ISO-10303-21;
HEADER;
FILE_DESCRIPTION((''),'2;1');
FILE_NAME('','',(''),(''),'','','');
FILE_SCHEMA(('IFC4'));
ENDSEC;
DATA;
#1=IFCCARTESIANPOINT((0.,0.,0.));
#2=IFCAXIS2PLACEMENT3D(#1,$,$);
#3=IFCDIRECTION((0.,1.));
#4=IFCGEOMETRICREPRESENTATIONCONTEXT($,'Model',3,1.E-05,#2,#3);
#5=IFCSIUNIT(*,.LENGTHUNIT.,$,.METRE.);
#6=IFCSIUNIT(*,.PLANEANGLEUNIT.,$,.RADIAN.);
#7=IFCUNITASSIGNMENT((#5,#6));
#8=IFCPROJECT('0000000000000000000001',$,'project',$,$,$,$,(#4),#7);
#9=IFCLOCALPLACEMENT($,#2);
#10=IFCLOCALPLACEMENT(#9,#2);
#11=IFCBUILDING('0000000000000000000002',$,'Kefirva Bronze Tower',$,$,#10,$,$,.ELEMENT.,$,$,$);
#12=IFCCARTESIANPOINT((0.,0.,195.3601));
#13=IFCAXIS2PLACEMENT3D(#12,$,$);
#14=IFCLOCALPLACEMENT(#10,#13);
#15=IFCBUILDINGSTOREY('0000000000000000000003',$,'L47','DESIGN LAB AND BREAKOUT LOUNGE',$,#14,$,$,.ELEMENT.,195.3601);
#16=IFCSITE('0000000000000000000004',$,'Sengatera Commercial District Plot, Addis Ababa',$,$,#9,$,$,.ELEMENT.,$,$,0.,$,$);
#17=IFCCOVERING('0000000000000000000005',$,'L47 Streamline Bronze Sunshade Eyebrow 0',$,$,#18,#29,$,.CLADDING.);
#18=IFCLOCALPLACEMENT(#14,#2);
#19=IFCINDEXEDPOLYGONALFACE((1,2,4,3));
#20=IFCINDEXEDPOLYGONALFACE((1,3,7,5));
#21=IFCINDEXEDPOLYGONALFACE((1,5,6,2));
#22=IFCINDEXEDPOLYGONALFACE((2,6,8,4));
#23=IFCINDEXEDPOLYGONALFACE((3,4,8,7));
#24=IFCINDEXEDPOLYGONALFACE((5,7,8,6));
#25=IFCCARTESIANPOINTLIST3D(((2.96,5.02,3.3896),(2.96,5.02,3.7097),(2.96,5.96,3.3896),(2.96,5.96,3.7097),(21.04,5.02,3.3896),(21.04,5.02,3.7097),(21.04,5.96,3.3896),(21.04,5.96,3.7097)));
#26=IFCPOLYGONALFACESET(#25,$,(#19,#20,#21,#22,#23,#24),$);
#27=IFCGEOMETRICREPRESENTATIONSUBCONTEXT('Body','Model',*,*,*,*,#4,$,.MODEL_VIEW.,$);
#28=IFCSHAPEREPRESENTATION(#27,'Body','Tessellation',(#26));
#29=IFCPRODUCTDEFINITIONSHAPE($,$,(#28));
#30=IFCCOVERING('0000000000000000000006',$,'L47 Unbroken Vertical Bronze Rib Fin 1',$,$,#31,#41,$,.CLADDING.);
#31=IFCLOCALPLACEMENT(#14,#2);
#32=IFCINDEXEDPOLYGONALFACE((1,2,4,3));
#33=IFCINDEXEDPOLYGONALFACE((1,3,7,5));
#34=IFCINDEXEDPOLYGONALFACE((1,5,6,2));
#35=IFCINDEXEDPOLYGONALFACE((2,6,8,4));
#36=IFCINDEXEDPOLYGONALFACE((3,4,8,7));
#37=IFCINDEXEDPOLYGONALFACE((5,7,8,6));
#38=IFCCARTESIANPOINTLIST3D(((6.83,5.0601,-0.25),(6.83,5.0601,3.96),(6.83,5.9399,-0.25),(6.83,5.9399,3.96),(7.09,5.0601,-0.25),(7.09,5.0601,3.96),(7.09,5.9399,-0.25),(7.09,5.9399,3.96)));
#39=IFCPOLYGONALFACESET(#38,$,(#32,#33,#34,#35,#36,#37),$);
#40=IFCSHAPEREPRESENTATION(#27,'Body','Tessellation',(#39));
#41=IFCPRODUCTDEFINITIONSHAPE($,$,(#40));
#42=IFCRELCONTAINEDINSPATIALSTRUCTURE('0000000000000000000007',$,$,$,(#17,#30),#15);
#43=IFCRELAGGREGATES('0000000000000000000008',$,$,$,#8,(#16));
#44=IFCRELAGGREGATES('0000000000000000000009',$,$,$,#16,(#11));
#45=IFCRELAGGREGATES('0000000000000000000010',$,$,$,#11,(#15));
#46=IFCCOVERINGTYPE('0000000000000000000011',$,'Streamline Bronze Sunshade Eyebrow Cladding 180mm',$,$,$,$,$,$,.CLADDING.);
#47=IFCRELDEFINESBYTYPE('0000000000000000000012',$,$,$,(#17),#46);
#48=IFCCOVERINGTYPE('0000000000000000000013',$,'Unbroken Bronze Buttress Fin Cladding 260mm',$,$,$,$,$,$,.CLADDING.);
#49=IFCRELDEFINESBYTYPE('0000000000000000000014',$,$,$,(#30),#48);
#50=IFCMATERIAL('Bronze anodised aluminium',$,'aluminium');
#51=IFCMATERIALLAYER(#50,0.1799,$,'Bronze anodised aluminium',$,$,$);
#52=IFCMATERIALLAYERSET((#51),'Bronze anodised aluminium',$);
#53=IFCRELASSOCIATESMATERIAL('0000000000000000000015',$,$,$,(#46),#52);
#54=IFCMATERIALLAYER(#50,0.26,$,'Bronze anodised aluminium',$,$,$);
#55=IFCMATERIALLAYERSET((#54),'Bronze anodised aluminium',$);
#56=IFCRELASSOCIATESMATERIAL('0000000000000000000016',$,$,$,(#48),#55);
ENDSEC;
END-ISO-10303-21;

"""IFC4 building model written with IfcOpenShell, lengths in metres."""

from ifc_helpers import new_model, si_unit, direction, frame, origin, origin_2d, place, context, subcontext, project, spatial, rectangle, extrude, material, layer, layer_set, type_object, element, save


model = new_model("IFC4")

# Units and contexts
model_context = context("Model", 3, precision=1e-05, world=origin(), true_north=direction((0.0, 1.0)))
body_context = subcontext(model_context, "Body", "Model", "MODEL_VIEW")
ifc_project = project(units=[si_unit("LENGTHUNIT", "METRE"), si_unit("PLANEANGLEUNIT", "RADIAN")], contexts=[model_context])

# Site, building, storey
site_placement = place(None, origin())
site = spatial("IfcSite", under=ifc_project, at=site_placement, Name="Sengatera Commercial District Plot, Addis Ababa", CompositionType="ELEMENT", RefElevation=0.0)
building_placement = place(site_placement, origin())
building = spatial("IfcBuilding", under=site, at=building_placement, Name="Kefirva Bronze Tower", CompositionType="ELEMENT")
storey_placement = place(building_placement, frame((0.0, 0.0, 195.3601)))
storey = spatial("IfcBuildingStorey", under=building, at=storey_placement, Name="L47", Description="DESIGN LAB AND BREAKOUT LOUNGE", CompositionType="ELEMENT", Elevation=195.3601)

# Shared definitions
ifc_material_1 = material(Name="Bronze anodised aluminium", Category="aluminium")

# Coverings
ifc_layer_1 = layer(ifc_material_1, 0.1799, Name="Bronze anodised aluminium")
ifc_layer_set_1 = layer_set([ifc_layer_1], Name="Bronze anodised aluminium")
covering_type_1 = type_object("IfcCoveringType", Name="Streamline Bronze Sunshade Eyebrow Cladding 180mm", PredefinedType="CLADDING", material=ifc_layer_set_1)
covering_1_placement = place(storey_placement, frame((12.0, 5.49, 3.3896), z_axis=(0.0, 0.0, 1.0), x_axis=(1.0, 0.0, 0.0)))
element("IfcCovering", 1, at=covering_1_placement, inside=storey, type_object=covering_type_1, Name="L47 Streamline Bronze Sunshade Eyebrow 0", PredefinedType="CLADDING", context=body_context, shape_type="SweptSolid", body=[
    extrude(rectangle(XDim=18.0801, YDim=0.9399, at=origin_2d()), origin(), (0.0, 0.0, 1.0), 0.3201),
])
ifc_layer_2 = layer(ifc_material_1, 0.26, Name="Bronze anodised aluminium")
ifc_layer_set_2 = layer_set([ifc_layer_2], Name="Bronze anodised aluminium")
covering_type_2 = type_object("IfcCoveringType", Name="Unbroken Bronze Buttress Fin Cladding 260mm", PredefinedType="CLADDING", material=ifc_layer_set_2)
covering_2_placement = place(storey_placement, frame((6.96, 5.5, -0.25), z_axis=(0.0, 0.0, 1.0), x_axis=(1.0, 0.0, 0.0)))
element("IfcCovering", 2, at=covering_2_placement, inside=storey, type_object=covering_type_2, Name="L47 Unbroken Vertical Bronze Rib Fin 1", PredefinedType="CLADDING", context=body_context, shape_type="SweptSolid", body=[
    extrude(rectangle(XDim=0.26, YDim=0.8799, at=origin_2d()), origin(), (0.0, 0.0, 1.0), 4.21),
])

save(model, "model.ifc")
